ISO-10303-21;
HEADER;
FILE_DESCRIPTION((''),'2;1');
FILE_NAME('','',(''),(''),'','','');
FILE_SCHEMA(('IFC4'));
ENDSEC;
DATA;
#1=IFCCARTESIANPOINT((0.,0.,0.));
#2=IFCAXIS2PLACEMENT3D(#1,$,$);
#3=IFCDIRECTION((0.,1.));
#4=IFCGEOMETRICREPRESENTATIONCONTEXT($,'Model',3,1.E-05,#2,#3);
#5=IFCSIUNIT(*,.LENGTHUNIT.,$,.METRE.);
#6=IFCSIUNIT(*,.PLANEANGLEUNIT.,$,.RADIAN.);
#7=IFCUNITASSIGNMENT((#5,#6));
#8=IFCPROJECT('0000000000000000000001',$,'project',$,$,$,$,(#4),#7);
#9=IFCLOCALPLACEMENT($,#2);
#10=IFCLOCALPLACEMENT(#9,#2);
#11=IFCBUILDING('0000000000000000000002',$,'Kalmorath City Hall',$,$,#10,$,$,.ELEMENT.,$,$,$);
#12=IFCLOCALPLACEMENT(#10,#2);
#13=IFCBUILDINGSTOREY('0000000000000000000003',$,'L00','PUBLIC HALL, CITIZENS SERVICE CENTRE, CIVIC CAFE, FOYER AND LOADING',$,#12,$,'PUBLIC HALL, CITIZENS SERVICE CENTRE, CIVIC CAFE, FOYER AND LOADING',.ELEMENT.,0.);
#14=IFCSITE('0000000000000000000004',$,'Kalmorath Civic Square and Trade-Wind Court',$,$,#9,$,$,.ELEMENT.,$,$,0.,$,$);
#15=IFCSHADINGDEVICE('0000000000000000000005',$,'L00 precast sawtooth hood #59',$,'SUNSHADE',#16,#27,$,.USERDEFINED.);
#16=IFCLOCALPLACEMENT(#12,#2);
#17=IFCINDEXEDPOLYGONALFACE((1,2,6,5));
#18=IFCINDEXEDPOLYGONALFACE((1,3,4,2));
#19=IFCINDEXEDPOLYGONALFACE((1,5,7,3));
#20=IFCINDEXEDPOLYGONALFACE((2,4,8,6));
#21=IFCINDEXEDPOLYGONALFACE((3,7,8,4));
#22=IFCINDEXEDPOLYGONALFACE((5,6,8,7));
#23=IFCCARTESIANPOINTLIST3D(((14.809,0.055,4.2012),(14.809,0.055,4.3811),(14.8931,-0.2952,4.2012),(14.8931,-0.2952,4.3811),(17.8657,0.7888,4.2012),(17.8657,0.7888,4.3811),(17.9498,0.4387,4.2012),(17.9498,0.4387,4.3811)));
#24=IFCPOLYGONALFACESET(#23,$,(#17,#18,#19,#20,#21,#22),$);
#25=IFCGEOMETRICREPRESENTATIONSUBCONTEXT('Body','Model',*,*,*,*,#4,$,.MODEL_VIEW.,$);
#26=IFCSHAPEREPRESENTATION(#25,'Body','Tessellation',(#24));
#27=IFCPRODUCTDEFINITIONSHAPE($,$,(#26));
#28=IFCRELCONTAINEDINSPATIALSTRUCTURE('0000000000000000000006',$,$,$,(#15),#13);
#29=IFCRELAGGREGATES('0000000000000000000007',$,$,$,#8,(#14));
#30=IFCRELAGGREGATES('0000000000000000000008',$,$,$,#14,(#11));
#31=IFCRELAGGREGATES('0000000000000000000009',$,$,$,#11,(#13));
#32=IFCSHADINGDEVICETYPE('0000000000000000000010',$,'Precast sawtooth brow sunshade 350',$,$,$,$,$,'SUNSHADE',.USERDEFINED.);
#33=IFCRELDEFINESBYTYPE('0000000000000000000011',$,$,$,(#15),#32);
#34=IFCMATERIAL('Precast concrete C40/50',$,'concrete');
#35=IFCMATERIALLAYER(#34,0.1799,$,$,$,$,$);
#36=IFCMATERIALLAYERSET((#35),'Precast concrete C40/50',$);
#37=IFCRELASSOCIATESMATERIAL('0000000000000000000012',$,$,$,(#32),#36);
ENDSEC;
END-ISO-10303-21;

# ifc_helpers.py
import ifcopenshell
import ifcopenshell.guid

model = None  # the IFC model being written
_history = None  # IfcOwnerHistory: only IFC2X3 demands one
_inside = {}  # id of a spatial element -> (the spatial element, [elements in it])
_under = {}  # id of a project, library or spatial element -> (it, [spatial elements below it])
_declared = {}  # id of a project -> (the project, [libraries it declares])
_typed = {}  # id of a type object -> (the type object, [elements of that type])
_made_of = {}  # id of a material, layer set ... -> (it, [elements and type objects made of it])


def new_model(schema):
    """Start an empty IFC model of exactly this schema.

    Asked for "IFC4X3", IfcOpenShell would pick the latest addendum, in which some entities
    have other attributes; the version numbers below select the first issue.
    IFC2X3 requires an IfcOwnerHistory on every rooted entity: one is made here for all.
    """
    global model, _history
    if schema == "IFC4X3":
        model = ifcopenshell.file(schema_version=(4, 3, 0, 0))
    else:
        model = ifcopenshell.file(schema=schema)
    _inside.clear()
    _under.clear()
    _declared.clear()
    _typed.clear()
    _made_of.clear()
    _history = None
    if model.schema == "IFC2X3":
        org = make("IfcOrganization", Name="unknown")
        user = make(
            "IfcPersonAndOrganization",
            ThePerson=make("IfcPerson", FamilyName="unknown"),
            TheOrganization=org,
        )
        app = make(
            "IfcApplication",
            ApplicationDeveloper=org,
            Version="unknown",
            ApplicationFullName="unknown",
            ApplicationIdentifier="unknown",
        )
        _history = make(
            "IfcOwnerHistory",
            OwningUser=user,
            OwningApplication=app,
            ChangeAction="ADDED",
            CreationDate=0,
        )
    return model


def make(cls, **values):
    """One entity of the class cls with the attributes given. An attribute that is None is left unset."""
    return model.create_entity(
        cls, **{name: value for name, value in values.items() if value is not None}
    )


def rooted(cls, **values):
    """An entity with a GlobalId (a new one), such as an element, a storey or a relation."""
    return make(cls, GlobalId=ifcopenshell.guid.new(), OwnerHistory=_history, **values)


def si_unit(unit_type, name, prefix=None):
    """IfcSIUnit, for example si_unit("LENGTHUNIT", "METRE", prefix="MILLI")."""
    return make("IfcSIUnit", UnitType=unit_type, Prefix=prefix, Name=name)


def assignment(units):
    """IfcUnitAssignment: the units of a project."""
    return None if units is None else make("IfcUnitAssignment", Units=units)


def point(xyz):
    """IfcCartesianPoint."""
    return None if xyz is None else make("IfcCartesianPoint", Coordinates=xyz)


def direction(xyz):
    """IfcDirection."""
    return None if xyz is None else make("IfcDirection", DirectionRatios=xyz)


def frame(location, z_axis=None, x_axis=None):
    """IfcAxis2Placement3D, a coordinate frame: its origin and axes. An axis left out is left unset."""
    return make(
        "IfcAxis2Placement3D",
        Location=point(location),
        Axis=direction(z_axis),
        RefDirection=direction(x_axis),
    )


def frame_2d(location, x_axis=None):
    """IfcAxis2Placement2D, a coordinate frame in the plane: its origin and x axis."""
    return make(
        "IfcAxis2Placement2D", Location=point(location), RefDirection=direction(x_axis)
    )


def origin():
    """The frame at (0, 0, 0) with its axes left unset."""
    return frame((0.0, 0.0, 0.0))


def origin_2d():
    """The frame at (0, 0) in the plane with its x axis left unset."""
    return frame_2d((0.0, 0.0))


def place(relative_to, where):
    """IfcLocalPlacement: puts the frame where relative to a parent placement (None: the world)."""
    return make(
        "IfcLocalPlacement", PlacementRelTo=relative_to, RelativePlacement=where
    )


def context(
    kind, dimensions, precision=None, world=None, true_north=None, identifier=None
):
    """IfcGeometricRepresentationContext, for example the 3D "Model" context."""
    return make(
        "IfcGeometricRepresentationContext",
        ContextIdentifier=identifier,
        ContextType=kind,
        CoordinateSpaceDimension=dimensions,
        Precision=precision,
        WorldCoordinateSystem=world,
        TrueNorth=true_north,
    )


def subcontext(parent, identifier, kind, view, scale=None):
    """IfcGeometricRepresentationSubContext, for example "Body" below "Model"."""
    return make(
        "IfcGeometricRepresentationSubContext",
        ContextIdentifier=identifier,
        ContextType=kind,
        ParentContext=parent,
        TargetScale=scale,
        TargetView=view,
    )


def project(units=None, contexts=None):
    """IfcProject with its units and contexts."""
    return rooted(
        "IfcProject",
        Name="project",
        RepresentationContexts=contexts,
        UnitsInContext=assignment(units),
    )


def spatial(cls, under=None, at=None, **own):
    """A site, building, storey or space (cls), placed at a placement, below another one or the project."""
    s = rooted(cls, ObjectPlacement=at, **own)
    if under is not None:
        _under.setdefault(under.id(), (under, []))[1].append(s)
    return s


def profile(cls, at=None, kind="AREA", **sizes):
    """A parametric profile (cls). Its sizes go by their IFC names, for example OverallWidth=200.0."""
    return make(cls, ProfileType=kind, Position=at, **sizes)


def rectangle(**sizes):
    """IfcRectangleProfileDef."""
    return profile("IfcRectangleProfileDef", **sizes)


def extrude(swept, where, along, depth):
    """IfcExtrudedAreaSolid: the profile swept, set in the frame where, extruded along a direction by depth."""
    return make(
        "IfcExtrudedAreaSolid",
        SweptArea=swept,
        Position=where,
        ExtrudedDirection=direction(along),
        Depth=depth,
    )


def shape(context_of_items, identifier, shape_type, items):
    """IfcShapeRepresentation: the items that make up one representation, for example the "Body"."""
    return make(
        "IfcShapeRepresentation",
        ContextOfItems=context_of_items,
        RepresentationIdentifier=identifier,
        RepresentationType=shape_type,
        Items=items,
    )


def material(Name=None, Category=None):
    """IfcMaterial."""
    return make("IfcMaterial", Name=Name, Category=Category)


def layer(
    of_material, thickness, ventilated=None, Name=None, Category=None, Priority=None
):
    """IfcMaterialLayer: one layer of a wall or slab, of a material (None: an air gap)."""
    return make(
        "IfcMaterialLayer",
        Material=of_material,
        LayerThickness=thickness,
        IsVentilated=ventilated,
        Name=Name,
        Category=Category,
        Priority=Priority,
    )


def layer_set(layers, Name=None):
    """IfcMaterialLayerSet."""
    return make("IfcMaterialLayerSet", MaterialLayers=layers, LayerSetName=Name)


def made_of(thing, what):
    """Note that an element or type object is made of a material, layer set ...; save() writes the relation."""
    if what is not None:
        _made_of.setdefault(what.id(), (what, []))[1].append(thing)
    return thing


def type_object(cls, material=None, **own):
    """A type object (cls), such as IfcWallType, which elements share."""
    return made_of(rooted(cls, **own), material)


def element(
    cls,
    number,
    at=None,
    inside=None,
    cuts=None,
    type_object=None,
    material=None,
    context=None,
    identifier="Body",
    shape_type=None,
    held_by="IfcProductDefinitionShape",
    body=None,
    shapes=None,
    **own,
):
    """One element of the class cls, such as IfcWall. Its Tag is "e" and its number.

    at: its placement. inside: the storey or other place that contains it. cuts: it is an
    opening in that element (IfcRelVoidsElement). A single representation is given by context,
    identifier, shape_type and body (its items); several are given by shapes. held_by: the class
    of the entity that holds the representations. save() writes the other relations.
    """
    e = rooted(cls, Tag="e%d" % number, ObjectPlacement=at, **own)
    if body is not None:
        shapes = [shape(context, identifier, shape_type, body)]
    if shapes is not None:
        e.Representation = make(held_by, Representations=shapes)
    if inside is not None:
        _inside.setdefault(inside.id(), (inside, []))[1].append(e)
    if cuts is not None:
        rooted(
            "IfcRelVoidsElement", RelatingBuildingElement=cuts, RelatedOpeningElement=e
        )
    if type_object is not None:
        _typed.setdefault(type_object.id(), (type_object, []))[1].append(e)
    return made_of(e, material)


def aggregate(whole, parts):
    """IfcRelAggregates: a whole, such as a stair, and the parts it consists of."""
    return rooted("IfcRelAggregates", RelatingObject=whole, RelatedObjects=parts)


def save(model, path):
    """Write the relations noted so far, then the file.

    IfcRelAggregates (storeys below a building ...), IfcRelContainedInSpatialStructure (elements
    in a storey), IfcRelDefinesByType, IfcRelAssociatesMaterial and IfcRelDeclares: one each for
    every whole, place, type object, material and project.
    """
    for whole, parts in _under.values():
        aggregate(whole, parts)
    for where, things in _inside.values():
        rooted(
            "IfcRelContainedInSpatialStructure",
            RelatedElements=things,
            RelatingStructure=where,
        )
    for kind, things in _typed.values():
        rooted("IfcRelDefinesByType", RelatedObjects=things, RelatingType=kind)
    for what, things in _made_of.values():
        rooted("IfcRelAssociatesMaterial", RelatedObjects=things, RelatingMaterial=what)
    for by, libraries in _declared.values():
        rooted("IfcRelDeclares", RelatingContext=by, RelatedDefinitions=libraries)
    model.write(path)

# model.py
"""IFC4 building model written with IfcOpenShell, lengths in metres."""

from ifc_helpers import new_model, si_unit, direction, frame, origin, origin_2d, place, context, subcontext, project, spatial, rectangle, extrude, material, layer, layer_set, type_object, element, save


model = new_model("IFC4")

# Units and contexts
model_context = context("Model", 3, precision=1e-05, world=origin(), true_north=direction((0.0, 1.0)))
body_context = subcontext(model_context, "Body", "Model", "MODEL_VIEW")
ifc_project = project(units=[si_unit("LENGTHUNIT", "METRE"), si_unit("PLANEANGLEUNIT", "RADIAN")], contexts=[model_context])

# Site, building, storey
site_placement = place(None, origin())
site = spatial("IfcSite", under=ifc_project, at=site_placement, Name="Kalmorath Civic Square and Trade-Wind Court", CompositionType="ELEMENT", RefElevation=0.0)
building_placement = place(site_placement, origin())
building = spatial("IfcBuilding", under=site, at=building_placement, Name="Kalmorath City Hall", CompositionType="ELEMENT")
storey_placement = place(building_placement, origin())
storey = spatial("IfcBuildingStorey", under=building, at=storey_placement, Name="L00", Description="PUBLIC HALL, CITIZENS SERVICE CENTRE, CIVIC CAFE, FOYER AND LOADING", LongName="PUBLIC HALL, CITIZENS SERVICE CENTRE, CIVIC CAFE, FOYER AND LOADING", CompositionType="ELEMENT", Elevation=0.0)

# Shading device
ifc_material_1 = material(Name="Precast concrete C40/50", Category="concrete")
ifc_layer_1 = layer(ifc_material_1, 0.1799)
ifc_layer_set_1 = layer_set([ifc_layer_1], Name="Precast concrete C40/50")
shading_device_type = type_object("IfcShadingDeviceType", Name="Precast sawtooth brow sunshade 350", ElementType="SUNSHADE", PredefinedType="USERDEFINED", material=ifc_layer_set_1)
for number, where, z_axis, x_axis, name in (
    (1, (16.3794, 0.2468, 4.2012), (0.0, 0.0, 1.0), (-0.97237, -0.233445, 0.0), "L00 precast sawtooth hood #59"),
):
    element("IfcShadingDevice", number, at=place(storey_placement, frame(where, z_axis=z_axis, x_axis=x_axis)), inside=storey, type_object=shading_device_type, Name=name, ObjectType="SUNSHADE", PredefinedType="USERDEFINED", context=body_context, shape_type="SweptSolid", body=[
        extrude(rectangle(XDim=3.1436, YDim=0.3601, at=origin_2d()), origin(), (0.0, 0.0, 1.0), 0.1799),
    ])

save(model, "model.ifc")
